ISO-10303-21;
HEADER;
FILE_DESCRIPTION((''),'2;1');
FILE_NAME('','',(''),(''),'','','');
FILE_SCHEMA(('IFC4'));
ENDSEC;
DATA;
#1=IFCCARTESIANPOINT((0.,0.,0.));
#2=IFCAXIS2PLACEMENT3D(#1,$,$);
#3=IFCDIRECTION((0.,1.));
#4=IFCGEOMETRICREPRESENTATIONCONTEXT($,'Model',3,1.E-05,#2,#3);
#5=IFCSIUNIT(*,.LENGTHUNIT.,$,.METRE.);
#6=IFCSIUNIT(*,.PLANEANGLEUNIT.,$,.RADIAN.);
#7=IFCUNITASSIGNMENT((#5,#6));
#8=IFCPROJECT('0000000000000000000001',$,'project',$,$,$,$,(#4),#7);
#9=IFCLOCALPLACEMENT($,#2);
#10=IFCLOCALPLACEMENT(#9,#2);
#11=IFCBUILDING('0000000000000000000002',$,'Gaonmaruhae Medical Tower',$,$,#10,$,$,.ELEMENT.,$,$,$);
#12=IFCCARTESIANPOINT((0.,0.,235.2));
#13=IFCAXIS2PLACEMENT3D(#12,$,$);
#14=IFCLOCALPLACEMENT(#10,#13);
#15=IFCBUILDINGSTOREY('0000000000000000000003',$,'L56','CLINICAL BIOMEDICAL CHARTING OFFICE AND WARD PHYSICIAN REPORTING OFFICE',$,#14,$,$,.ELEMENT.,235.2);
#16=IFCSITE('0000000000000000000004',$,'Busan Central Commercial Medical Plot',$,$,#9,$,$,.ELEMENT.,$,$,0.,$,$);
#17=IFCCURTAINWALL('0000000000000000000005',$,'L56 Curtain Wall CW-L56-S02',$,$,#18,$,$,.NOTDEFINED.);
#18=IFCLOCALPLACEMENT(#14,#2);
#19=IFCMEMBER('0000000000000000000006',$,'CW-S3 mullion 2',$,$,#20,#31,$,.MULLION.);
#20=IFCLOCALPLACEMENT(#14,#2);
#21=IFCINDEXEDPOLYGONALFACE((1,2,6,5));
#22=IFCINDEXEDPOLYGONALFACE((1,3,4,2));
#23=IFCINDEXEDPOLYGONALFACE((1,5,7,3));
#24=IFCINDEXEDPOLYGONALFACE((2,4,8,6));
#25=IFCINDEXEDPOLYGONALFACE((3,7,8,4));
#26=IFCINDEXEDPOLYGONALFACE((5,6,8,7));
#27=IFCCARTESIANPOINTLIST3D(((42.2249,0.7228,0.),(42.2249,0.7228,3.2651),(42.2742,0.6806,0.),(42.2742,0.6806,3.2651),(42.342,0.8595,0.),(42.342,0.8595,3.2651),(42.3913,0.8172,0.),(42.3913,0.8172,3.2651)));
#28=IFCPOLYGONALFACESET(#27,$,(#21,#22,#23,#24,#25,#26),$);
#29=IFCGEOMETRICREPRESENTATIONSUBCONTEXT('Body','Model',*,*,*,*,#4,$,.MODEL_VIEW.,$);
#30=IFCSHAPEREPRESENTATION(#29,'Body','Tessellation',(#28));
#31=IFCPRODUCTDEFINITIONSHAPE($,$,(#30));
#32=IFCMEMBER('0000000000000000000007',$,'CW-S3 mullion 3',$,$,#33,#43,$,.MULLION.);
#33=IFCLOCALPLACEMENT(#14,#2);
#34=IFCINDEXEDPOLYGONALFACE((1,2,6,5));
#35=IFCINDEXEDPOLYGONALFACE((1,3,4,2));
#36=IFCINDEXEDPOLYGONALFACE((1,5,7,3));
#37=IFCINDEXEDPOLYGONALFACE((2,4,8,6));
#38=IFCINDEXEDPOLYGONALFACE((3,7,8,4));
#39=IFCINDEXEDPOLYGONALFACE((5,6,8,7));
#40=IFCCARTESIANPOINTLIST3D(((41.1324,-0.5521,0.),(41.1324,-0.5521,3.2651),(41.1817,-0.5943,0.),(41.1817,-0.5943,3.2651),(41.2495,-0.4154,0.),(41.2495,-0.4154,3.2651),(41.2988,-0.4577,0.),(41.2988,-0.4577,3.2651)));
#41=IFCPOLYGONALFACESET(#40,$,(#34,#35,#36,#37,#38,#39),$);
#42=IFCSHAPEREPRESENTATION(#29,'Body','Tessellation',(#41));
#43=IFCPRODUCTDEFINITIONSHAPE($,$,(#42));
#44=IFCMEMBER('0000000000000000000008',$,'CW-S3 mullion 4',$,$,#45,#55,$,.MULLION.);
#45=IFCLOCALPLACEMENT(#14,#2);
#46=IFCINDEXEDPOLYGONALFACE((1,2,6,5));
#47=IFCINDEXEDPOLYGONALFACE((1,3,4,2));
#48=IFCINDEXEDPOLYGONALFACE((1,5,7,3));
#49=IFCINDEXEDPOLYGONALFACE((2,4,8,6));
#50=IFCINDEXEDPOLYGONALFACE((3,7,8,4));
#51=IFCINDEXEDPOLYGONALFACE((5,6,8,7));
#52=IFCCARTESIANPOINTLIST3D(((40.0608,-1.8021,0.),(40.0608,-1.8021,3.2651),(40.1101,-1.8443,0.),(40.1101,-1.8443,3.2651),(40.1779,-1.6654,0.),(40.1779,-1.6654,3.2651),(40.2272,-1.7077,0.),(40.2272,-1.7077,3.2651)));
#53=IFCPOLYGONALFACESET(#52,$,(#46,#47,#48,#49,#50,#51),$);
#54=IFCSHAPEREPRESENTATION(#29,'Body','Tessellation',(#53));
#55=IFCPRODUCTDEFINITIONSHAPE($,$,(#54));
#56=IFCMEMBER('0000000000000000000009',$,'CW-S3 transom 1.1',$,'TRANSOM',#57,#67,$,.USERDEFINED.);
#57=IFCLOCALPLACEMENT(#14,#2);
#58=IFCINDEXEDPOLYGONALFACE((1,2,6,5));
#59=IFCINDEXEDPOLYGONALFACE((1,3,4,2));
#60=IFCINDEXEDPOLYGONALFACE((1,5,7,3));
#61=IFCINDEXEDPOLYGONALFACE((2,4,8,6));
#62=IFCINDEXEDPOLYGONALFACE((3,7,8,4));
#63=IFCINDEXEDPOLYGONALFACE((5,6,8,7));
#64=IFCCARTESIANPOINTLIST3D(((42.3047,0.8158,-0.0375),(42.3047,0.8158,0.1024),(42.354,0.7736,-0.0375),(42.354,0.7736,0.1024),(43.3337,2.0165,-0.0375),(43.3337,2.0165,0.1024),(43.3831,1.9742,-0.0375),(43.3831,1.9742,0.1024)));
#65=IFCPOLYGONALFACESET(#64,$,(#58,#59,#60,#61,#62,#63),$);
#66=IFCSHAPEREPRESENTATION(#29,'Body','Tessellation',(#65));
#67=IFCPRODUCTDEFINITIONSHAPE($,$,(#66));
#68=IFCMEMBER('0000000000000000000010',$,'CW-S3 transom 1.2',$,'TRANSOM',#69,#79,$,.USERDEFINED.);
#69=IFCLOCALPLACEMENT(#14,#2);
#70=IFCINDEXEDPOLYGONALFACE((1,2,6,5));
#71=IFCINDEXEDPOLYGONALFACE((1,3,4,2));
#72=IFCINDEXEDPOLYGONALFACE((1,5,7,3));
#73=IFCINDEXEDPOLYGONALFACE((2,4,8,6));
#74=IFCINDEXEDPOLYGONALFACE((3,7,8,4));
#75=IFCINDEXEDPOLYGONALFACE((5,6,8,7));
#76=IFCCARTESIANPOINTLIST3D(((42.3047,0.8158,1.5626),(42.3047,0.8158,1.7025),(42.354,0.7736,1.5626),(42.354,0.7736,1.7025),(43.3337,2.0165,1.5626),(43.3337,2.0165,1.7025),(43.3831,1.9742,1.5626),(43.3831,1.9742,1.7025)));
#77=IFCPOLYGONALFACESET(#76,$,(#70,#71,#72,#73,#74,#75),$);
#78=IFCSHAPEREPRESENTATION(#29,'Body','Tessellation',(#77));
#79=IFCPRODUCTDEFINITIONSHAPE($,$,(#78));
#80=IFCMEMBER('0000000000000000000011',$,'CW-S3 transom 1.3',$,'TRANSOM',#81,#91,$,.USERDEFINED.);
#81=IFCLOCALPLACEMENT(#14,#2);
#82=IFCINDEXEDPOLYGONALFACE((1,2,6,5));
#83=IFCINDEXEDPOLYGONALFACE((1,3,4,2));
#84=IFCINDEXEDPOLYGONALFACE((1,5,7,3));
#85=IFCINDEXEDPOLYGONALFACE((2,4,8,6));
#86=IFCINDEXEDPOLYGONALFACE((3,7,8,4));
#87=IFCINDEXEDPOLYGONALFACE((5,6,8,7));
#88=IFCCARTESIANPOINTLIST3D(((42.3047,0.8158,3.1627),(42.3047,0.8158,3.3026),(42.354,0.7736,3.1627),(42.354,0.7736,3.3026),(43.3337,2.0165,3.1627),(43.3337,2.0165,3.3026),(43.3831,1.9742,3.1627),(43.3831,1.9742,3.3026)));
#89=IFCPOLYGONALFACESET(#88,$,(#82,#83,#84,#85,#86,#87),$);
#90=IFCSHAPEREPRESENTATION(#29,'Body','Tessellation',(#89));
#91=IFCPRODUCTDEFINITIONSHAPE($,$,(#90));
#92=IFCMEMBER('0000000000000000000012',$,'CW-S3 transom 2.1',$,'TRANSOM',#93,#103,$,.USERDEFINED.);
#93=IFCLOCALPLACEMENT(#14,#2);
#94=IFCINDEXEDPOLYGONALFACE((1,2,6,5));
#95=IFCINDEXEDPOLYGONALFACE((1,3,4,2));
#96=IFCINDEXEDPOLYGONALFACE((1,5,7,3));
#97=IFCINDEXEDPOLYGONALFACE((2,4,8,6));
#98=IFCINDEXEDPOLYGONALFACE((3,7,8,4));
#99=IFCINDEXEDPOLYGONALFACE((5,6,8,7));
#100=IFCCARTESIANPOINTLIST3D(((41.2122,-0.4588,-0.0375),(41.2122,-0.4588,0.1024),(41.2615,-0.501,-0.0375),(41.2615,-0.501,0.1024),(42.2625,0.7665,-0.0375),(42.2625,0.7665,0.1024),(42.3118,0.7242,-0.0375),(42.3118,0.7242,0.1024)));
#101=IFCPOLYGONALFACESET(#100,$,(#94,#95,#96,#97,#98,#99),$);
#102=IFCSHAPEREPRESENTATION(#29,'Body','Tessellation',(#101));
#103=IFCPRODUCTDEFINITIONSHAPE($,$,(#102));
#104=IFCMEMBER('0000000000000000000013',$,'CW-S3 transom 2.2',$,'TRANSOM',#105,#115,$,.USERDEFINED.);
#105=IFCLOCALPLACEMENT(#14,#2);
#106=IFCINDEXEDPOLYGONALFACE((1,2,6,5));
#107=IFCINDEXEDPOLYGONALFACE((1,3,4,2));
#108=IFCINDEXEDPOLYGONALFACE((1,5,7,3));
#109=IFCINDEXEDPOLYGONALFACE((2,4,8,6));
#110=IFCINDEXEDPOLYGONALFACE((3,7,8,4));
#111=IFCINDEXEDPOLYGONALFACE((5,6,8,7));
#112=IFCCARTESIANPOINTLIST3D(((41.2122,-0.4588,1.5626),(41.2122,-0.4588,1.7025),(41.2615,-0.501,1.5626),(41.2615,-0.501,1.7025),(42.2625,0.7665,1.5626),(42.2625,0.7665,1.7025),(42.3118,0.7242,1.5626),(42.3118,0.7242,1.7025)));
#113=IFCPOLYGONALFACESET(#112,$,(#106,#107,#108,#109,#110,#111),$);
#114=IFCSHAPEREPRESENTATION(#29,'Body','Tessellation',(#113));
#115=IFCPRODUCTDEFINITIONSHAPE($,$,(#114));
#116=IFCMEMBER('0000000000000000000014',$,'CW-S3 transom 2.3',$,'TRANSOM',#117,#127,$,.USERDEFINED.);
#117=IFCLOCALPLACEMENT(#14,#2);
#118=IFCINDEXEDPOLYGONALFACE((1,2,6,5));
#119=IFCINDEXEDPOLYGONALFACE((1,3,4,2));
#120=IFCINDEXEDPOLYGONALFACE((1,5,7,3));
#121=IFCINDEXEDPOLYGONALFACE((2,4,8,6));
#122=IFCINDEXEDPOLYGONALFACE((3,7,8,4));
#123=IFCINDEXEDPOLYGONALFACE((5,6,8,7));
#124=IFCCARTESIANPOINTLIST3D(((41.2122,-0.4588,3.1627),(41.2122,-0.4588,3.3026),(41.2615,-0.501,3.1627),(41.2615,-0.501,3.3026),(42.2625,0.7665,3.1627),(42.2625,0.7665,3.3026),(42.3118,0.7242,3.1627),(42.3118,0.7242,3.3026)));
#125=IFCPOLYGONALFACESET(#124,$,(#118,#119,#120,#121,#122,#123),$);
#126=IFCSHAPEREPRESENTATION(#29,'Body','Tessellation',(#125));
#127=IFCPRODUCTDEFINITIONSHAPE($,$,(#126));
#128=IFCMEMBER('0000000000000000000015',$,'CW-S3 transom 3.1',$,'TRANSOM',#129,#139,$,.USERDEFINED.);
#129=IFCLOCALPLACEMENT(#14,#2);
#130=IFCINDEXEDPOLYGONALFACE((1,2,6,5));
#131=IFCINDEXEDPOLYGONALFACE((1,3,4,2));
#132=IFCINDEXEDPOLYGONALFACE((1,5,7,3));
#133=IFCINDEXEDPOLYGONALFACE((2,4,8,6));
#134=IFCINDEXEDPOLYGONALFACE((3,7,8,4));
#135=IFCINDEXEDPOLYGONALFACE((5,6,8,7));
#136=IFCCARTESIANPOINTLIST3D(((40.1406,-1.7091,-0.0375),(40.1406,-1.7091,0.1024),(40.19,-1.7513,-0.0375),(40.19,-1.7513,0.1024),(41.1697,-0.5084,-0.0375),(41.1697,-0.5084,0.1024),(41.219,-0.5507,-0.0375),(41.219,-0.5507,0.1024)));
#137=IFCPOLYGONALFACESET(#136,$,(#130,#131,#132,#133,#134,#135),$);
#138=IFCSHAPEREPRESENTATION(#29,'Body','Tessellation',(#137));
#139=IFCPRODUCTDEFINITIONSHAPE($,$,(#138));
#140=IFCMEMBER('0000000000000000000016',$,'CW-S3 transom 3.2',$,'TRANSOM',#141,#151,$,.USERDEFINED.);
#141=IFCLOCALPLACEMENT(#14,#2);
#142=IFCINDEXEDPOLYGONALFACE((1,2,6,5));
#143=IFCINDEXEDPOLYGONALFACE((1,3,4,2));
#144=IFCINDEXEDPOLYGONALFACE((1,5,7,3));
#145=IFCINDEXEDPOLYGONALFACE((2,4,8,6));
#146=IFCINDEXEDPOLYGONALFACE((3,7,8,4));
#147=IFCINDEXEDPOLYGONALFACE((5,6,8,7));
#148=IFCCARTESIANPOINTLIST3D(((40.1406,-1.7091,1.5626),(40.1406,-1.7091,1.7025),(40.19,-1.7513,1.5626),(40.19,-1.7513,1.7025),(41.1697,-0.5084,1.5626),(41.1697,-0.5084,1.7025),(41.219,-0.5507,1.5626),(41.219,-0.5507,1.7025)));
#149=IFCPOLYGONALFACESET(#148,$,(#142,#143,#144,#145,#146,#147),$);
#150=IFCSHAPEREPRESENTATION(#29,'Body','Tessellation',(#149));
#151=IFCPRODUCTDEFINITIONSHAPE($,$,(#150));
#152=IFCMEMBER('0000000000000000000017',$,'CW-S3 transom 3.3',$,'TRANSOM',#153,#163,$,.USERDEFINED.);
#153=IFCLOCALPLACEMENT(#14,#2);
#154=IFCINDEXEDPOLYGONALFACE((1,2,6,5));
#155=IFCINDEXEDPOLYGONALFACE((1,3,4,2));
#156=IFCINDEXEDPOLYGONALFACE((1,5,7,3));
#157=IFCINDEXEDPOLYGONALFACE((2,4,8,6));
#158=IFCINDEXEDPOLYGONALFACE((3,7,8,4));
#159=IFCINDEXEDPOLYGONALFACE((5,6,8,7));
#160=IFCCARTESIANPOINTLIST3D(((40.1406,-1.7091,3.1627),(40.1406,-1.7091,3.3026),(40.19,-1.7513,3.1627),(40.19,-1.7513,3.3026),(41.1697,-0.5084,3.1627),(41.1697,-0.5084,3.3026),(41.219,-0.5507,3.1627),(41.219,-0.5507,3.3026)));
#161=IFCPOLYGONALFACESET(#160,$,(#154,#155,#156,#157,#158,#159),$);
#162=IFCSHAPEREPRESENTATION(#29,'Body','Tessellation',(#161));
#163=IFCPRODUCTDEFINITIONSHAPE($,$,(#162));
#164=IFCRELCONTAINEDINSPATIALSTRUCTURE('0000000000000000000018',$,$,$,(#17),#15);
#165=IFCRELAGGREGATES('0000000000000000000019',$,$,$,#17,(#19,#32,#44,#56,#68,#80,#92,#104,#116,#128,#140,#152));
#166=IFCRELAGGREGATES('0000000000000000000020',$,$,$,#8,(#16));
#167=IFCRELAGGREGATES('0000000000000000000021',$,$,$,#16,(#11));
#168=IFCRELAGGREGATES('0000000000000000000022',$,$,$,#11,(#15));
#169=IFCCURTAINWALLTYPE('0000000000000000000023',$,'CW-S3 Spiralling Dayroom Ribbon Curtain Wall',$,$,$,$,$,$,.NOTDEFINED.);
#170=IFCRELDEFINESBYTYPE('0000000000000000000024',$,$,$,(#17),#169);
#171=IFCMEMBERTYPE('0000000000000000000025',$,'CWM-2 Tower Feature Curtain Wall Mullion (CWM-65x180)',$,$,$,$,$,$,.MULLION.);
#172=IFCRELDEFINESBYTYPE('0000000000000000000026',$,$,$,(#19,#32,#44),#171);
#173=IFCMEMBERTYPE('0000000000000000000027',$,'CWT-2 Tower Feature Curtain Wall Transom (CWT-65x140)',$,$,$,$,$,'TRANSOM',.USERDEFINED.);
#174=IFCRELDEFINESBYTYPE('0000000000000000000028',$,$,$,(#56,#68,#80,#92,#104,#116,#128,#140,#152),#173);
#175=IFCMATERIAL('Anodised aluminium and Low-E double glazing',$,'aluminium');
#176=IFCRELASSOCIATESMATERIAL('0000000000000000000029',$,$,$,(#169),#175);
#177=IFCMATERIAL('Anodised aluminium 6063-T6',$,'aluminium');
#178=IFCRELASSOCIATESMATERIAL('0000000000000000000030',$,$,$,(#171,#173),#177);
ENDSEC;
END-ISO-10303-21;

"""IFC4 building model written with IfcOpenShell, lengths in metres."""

from ifc_helpers import new_model, si_unit, direction, frame, origin, origin_2d, place, context, subcontext, project, spatial, rectangle, extrude, material, material_profile, profile_set, type_object, element, aggregate, save


model = new_model("IFC4")

# Units and contexts
model_context = context("Model", 3, precision=1e-05, world=origin(), true_north=direction((0.0, 1.0)))
body_context = subcontext(model_context, "Body", "Model", "MODEL_VIEW")
ifc_project = project(units=[si_unit("LENGTHUNIT", "METRE"), si_unit("PLANEANGLEUNIT", "RADIAN")], contexts=[model_context])

# Site, building, storey
site_placement = place(None, origin())
site = spatial("IfcSite", under=ifc_project, at=site_placement, Name="Busan Central Commercial Medical Plot", CompositionType="ELEMENT", RefElevation=0.0)
building_placement = place(site_placement, origin())
building = spatial("IfcBuilding", under=site, at=building_placement, Name="Gaonmaruhae Medical Tower", CompositionType="ELEMENT")
storey_placement = place(building_placement, frame((0.0, 0.0, 235.2)))
storey = spatial("IfcBuildingStorey", under=building, at=storey_placement, Name="L56", Description="CLINICAL BIOMEDICAL CHARTING OFFICE AND WARD PHYSICIAN REPORTING OFFICE", CompositionType="ELEMENT", Elevation=235.2)

# Curtain wall, members
ifc_material_1 = material(Name="Anodised aluminium and Low-E double glazing", Category="aluminium")
curtain_wall_type = type_object("IfcCurtainWallType", Name="CW-S3 Spiralling Dayroom Ribbon Curtain Wall", PredefinedType="NOTDEFINED", material=ifc_material_1)
curtain_wall_placement = place(storey_placement, origin())
curtain_wall = element("IfcCurtainWall", 1, at=curtain_wall_placement, inside=storey, type_object=curtain_wall_type, Name="L56 Curtain Wall CW-L56-S02", PredefinedType="NOTDEFINED")
ifc_material_2 = material(Name="Anodised aluminium 6063-T6", Category="aluminium")
ifc_material_profile_1 = material_profile(ifc_material_2, rectangle(XDim=0.0649, YDim=0.1799, at=origin_2d()), Name="CWM-65x180")
ifc_profile_set_1 = profile_set([ifc_material_profile_1], Name="Anodised aluminium 6063-T6")
member_type_1 = type_object("IfcMemberType", Name="CWM-2 Tower Feature Curtain Wall Mullion (CWM-65x180)", PredefinedType="MULLION", material=ifc_profile_set_1)
member_1_placement = place(storey_placement, frame((42.3081, 0.77, 0.0), z_axis=(0.0, 0.0, 1.0), x_axis=(0.759265, -0.650782, 0.0)))
member_1 = element("IfcMember", 2, at=member_1_placement, type_object=member_type_1, Name="CW-S3 mullion 2", PredefinedType="MULLION", context=body_context, shape_type="SweptSolid", body=[
    extrude(rectangle(XDim=0.0649, YDim=0.1799, at=origin_2d()), origin(), (0.0, 0.0, 1.0), 3.2651),
])
member_2_placement = place(storey_placement, frame((41.2156, -0.5049, 0.0), z_axis=(0.0, 0.0, 1.0), x_axis=(0.759265, -0.650782, 0.0)))
member_2 = element("IfcMember", 3, at=member_2_placement, type_object=member_type_1, Name="CW-S3 mullion 3", PredefinedType="MULLION", context=body_context, shape_type="SweptSolid", body=[
    extrude(rectangle(XDim=0.0649, YDim=0.1799, at=origin_2d()), origin(), (0.0, 0.0, 1.0), 3.2651),
])
member_3_placement = place(storey_placement, frame((40.144, -1.7549, 0.0), z_axis=(0.0, 0.0, 1.0), x_axis=(0.759265, -0.650782, 0.0)))
member_3 = element("IfcMember", 4, at=member_3_placement, type_object=member_type_1, Name="CW-S3 mullion 4", PredefinedType="MULLION", context=body_context, shape_type="SweptSolid", body=[
    extrude(rectangle(XDim=0.0649, YDim=0.1799, at=origin_2d()), origin(), (0.0, 0.0, 1.0), 3.2651),
])
ifc_material_profile_2 = material_profile(ifc_material_2, rectangle(XDim=0.0649, YDim=0.1399, at=origin_2d()), Name="CWT-65x140")
ifc_profile_set_2 = profile_set([ifc_material_profile_2], Name="Anodised aluminium 6063-T6")
member_type_2 = type_object("IfcMemberType", Name="CWT-2 Tower Feature Curtain Wall Transom (CWT-65x140)", ElementType="TRANSOM", PredefinedType="USERDEFINED", material=ifc_profile_set_2)
member_4_placement = place(storey_placement, frame((43.3584, 1.9954, 0.0325), z_axis=(-0.650753, -0.759289, 0.0), x_axis=(0.759289, -0.650753, 0.0)))
member_4 = element("IfcMember", 5, at=member_4_placement, type_object=member_type_2, Name="CW-S3 transom 1.1", ObjectType="TRANSOM", PredefinedType="USERDEFINED", context=body_context, shape_type="SweptSolid", body=[
    extrude(rectangle(XDim=0.0649, YDim=0.1399, at=origin_2d()), origin(), (0.0, 0.0, 1.0), 1.5813),
])
member_5_placement = place(storey_placement, frame((43.3584, 1.9954, 1.6326), z_axis=(-0.650753, -0.759289, 0.0), x_axis=(0.759289, -0.650753, 0.0)))
member_5 = element("IfcMember", 6, at=member_5_placement, type_object=member_type_2, Name="CW-S3 transom 1.2", ObjectType="TRANSOM", PredefinedType="USERDEFINED", context=body_context, shape_type="SweptSolid", body=[
    extrude(rectangle(XDim=0.0649, YDim=0.1399, at=origin_2d()), origin(), (0.0, 0.0, 1.0), 1.5813),
])
member_6_placement = place(storey_placement, frame((43.3584, 1.9954, 3.2327), z_axis=(-0.650753, -0.759289, 0.0), x_axis=(0.759289, -0.650753, 0.0)))
member_6 = element("IfcMember", 7, at=member_6_placement, type_object=member_type_2, Name="CW-S3 transom 1.3", ObjectType="TRANSOM", PredefinedType="USERDEFINED", context=body_context, shape_type="SweptSolid", body=[
    extrude(rectangle(XDim=0.0649, YDim=0.1399, at=origin_2d()), origin(), (0.0, 0.0, 1.0), 1.5813),
])
member_7_placement = place(storey_placement, frame((42.2871, 0.7454, 0.0325), z_axis=(-0.650791, -0.759257, 0.0), x_axis=(0.759257, -0.650791, 0.0)))
member_7 = element("IfcMember", 8, at=member_7_placement, type_object=member_type_2, Name="CW-S3 transom 2.1", ObjectType="TRANSOM", PredefinedType="USERDEFINED", context=body_context, shape_type="SweptSolid", body=[
    extrude(rectangle(XDim=0.0649, YDim=0.1399, at=origin_2d()), origin(), (0.0, 0.0, 1.0), 1.6138),
])
member_8_placement = place(storey_placement, frame((42.2871, 0.7454, 1.6326), z_axis=(-0.650791, -0.759257, 0.0), x_axis=(0.759257, -0.650791, 0.0)))
member_8 = element("IfcMember", 9, at=member_8_placement, type_object=member_type_2, Name="CW-S3 transom 2.2", ObjectType="TRANSOM", PredefinedType="USERDEFINED", context=body_context, shape_type="SweptSolid", body=[
    extrude(rectangle(XDim=0.0649, YDim=0.1399, at=origin_2d()), origin(), (0.0, 0.0, 1.0), 1.6138),
])
member_9_placement = place(storey_placement, frame((42.2871, 0.7454, 3.2327), z_axis=(-0.650791, -0.759257, 0.0), x_axis=(0.759257, -0.650791, 0.0)))
member_9 = element("IfcMember", 10, at=member_9_placement, type_object=member_type_2, Name="CW-S3 transom 2.3", ObjectType="TRANSOM", PredefinedType="USERDEFINED", context=body_context, shape_type="SweptSolid", body=[
    extrude(rectangle(XDim=0.0649, YDim=0.1399, at=origin_2d()), origin(), (0.0, 0.0, 1.0), 1.6138),
])
member_10_placement = place(storey_placement, frame((41.1943, -0.5295, 0.0325), z_axis=(-0.650753, -0.759289, 0.0), x_axis=(0.759289, -0.650753, 0.0)))
member_10 = element("IfcMember", 11, at=member_10_placement, type_object=member_type_2, Name="CW-S3 transom 3.1", ObjectType="TRANSOM", PredefinedType="USERDEFINED", context=body_context, shape_type="SweptSolid", body=[
    extrude(rectangle(XDim=0.0649, YDim=0.1399, at=origin_2d()), origin(), (0.0, 0.0, 1.0), 1.5813),
])
member_11_placement = place(storey_placement, frame((41.1943, -0.5295, 1.6326), z_axis=(-0.650753, -0.759289, 0.0), x_axis=(0.759289, -0.650753, 0.0)))
member_11 = element("IfcMember", 12, at=member_11_placement, type_object=member_type_2, Name="CW-S3 transom 3.2", ObjectType="TRANSOM", PredefinedType="USERDEFINED", context=body_context, shape_type="SweptSolid", body=[
    extrude(rectangle(XDim=0.0649, YDim=0.1399, at=origin_2d()), origin(), (0.0, 0.0, 1.0), 1.5813),
])
member_12_placement = place(storey_placement, frame((41.1943, -0.5295, 3.2327), z_axis=(-0.650753, -0.759289, 0.0), x_axis=(0.759289, -0.650753, 0.0)))
member_12 = element("IfcMember", 13, at=member_12_placement, type_object=member_type_2, Name="CW-S3 transom 3.3", ObjectType="TRANSOM", PredefinedType="USERDEFINED", context=body_context, shape_type="SweptSolid", body=[
    extrude(rectangle(XDim=0.0649, YDim=0.1399, at=origin_2d()), origin(), (0.0, 0.0, 1.0), 1.5813),
])

aggregate(curtain_wall, [member_1, member_2, member_3, member_4, member_5, member_6, member_7, member_8, member_9, member_10, member_11, member_12])

save(model, "model.ifc")
